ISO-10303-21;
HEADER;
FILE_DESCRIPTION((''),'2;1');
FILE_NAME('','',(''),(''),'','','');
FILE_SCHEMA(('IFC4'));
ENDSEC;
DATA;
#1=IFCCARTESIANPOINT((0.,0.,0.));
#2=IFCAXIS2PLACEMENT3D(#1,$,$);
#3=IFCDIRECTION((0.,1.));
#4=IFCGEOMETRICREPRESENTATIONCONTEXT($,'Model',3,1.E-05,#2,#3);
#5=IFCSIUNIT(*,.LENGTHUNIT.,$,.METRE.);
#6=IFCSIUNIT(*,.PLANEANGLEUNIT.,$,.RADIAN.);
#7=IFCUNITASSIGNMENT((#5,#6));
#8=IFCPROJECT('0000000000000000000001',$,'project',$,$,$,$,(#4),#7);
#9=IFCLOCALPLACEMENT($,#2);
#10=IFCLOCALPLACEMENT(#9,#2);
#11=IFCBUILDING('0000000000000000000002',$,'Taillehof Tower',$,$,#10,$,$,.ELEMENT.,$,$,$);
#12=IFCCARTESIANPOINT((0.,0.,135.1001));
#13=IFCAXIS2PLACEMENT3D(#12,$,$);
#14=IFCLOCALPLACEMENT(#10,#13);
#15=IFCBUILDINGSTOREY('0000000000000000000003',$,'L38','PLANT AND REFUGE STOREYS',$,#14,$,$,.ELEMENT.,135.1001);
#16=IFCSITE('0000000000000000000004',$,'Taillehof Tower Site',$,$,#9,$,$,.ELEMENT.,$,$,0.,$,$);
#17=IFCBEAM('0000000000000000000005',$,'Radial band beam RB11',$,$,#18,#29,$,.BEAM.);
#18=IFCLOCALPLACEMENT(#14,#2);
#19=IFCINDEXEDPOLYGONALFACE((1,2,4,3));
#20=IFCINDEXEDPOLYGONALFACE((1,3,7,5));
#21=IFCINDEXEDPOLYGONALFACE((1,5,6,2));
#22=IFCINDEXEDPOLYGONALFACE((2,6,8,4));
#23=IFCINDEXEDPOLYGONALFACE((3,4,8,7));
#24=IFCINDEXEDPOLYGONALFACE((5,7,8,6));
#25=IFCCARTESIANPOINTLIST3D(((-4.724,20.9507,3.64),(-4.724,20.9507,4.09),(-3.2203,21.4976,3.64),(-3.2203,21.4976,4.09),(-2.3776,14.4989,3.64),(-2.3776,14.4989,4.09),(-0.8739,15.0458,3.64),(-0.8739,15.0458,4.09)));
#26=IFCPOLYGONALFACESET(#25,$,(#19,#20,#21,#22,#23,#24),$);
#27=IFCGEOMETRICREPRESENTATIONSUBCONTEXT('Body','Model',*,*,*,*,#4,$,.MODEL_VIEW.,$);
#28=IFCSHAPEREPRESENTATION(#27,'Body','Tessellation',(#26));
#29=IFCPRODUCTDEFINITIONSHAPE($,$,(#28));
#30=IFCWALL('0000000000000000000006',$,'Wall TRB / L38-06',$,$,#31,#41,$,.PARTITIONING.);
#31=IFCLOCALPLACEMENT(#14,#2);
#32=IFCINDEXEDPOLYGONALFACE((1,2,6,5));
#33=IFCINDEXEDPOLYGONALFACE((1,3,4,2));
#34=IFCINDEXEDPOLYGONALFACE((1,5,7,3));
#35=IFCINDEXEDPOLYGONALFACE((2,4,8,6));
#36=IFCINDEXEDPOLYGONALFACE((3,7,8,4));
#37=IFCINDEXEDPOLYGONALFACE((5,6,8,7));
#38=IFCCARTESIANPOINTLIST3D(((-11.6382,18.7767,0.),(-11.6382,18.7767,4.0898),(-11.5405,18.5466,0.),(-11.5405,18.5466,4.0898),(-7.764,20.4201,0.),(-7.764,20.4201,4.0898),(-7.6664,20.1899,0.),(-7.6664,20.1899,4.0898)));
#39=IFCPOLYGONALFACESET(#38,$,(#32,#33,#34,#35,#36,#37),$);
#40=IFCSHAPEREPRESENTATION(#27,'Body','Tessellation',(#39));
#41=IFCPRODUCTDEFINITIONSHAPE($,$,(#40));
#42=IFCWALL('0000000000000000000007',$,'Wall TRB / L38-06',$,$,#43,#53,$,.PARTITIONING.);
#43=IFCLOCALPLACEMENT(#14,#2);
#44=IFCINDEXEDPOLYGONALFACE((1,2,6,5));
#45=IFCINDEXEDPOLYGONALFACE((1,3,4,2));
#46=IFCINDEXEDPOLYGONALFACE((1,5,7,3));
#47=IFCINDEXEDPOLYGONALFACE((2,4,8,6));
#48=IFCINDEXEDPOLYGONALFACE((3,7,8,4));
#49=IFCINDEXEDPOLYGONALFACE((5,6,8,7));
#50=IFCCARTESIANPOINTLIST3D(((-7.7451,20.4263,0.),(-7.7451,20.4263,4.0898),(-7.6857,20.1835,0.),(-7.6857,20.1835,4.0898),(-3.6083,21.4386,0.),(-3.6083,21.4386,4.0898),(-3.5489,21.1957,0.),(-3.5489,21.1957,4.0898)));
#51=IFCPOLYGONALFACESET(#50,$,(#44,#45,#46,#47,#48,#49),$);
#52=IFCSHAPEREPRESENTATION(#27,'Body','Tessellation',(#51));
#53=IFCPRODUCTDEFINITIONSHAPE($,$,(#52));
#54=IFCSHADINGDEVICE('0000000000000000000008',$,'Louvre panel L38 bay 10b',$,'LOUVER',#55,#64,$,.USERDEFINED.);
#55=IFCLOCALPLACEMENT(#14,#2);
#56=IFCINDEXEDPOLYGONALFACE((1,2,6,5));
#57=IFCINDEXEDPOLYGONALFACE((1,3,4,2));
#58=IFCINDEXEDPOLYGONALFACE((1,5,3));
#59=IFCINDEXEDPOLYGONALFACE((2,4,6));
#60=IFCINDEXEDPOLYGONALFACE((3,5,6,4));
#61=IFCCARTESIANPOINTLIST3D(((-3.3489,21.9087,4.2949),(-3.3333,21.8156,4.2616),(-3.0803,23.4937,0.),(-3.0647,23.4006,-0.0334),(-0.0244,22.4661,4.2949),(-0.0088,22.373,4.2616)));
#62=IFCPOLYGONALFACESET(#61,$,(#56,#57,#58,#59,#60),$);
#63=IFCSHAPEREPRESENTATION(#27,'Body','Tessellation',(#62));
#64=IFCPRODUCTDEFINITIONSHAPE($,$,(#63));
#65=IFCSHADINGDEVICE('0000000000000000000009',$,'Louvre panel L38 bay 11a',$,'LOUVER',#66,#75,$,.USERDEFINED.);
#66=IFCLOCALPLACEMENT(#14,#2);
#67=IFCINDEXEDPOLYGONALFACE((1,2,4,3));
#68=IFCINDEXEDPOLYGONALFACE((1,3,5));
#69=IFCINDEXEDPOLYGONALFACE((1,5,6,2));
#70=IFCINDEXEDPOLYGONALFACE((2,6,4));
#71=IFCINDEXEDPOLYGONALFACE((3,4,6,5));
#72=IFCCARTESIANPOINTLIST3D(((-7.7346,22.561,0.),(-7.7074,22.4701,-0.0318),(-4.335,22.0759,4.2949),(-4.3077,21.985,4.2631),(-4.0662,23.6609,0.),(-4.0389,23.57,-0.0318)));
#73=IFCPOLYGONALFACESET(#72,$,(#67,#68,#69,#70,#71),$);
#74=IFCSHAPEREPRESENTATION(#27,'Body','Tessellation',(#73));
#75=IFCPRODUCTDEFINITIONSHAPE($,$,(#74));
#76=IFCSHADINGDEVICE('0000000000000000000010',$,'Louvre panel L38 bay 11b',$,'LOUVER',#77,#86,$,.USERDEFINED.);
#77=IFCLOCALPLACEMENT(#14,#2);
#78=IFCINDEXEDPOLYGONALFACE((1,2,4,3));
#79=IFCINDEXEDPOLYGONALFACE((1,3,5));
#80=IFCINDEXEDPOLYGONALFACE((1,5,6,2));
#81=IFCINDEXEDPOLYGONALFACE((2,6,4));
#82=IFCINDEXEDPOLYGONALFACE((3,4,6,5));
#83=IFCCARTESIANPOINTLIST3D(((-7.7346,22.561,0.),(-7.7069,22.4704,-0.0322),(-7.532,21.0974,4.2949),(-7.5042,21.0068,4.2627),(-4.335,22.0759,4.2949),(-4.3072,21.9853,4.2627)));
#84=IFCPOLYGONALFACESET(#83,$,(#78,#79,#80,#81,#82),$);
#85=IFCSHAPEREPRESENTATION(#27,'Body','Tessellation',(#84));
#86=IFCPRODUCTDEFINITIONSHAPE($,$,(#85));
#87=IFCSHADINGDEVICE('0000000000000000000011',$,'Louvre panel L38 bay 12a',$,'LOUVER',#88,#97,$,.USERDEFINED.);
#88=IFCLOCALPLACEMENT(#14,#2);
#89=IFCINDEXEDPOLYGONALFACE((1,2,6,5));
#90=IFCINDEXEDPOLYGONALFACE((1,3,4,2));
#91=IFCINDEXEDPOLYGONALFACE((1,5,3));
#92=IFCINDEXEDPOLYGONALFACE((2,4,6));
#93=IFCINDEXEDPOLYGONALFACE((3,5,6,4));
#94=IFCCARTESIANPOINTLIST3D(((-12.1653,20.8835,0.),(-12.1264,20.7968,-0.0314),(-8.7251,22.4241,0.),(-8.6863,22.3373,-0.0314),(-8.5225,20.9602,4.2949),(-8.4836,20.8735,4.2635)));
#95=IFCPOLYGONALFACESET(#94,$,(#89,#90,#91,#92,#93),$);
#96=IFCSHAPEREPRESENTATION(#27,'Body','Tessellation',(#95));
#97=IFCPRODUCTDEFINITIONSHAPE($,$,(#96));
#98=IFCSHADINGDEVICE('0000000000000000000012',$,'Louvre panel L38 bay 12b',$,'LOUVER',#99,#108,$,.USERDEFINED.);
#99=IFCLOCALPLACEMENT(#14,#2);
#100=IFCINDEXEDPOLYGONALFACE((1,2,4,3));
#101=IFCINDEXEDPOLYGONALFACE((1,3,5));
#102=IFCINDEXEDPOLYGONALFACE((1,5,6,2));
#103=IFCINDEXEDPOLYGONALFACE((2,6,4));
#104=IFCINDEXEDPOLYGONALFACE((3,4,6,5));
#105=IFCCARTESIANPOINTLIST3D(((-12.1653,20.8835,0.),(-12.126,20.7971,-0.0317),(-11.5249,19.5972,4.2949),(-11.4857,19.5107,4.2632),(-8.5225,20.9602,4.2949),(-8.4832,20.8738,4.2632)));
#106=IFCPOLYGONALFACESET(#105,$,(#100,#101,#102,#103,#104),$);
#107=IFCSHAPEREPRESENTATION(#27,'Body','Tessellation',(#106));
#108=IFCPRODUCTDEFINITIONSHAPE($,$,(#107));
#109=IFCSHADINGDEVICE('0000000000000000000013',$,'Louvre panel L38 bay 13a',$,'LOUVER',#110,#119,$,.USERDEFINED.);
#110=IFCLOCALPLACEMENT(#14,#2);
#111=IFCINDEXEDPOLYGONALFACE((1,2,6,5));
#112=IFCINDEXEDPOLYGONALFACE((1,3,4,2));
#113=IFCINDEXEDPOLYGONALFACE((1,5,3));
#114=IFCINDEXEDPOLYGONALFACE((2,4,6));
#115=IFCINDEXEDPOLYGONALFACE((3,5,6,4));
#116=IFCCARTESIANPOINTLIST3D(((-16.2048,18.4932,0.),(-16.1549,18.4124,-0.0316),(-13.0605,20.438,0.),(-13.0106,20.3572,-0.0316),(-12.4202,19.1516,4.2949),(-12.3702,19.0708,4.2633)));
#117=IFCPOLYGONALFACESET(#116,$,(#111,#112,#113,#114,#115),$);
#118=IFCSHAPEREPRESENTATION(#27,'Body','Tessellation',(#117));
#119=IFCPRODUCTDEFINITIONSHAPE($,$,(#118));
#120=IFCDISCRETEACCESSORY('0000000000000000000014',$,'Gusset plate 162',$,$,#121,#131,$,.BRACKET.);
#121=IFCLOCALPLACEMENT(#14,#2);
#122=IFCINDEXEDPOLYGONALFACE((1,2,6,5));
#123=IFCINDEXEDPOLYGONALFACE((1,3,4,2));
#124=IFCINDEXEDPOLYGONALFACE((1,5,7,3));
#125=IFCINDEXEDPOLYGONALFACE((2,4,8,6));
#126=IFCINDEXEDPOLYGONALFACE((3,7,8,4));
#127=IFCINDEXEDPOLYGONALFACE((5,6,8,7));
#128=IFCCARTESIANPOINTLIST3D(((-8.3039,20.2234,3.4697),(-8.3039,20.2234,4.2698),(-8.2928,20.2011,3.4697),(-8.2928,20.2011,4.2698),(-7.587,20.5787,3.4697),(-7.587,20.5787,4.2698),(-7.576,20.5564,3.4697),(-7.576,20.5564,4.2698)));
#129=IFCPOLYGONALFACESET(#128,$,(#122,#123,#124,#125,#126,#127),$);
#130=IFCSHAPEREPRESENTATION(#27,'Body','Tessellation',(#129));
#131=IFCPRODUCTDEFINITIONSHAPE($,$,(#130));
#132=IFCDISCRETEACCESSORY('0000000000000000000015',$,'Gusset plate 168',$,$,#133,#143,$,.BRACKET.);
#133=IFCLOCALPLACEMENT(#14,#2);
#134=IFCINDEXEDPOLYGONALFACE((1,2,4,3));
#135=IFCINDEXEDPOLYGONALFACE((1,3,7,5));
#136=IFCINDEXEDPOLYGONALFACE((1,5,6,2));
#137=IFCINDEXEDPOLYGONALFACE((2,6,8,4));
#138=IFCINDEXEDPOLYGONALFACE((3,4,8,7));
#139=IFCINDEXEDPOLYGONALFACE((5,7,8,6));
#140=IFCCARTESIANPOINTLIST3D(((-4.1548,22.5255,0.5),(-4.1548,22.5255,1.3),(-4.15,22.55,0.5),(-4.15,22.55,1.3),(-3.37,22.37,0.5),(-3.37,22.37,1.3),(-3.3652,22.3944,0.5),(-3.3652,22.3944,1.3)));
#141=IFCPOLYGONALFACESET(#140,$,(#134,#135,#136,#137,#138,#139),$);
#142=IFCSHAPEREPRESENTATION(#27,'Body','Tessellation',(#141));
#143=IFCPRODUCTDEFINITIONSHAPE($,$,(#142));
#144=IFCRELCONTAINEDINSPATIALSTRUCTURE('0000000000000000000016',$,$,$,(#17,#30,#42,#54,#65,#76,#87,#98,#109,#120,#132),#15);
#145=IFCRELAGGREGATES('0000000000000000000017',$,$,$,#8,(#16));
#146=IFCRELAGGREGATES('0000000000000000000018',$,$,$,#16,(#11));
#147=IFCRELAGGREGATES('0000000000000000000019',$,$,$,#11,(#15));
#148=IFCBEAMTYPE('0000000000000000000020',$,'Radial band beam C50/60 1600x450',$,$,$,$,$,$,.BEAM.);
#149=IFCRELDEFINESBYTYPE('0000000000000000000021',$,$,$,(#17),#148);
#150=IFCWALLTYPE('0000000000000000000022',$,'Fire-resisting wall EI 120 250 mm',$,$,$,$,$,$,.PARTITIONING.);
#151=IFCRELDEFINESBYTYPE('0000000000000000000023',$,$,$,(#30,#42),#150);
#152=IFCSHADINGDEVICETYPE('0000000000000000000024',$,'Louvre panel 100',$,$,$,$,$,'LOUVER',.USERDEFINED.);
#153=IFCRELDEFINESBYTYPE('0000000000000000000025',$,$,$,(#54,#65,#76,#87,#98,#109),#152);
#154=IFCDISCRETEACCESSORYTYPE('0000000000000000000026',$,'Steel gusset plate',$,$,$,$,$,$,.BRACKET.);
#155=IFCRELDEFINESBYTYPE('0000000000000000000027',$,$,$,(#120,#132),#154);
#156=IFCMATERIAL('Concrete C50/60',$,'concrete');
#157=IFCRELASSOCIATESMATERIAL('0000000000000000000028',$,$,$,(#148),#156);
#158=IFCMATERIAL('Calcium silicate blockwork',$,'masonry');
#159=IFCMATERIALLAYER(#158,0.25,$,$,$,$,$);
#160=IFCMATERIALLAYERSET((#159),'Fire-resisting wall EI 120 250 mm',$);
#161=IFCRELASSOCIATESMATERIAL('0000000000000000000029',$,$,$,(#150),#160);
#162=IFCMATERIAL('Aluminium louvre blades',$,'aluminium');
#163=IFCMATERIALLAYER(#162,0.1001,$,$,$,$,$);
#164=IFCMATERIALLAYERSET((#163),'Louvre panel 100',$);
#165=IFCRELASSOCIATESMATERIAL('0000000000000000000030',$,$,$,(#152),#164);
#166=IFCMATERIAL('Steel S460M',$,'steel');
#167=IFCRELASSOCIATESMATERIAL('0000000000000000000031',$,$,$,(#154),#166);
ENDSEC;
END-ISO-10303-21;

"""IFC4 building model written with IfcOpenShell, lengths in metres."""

from ifc_helpers import new_model, si_unit, direction, frame, frame_2d, origin, origin_2d, place, context, subcontext, project, spatial, polyline, rectangle, outline, extrude, material, layer, layer_set, material_profile, profile_set, type_object, element, save


model = new_model("IFC4")

# Units and contexts
model_context = context("Model", 3, precision=1e-05, world=origin(), true_north=direction((0.0, 1.0)))
body_context = subcontext(model_context, "Body", "Model", "MODEL_VIEW")
ifc_project = project(units=[si_unit("LENGTHUNIT", "METRE"), si_unit("PLANEANGLEUNIT", "RADIAN")], contexts=[model_context])

# Site, building, storey
site_placement = place(None, origin())
site = spatial("IfcSite", under=ifc_project, at=site_placement, Name="Taillehof Tower Site", CompositionType="ELEMENT", RefElevation=0.0)
building_placement = place(site_placement, origin())
building = spatial("IfcBuilding", under=site, at=building_placement, Name="Taillehof Tower", CompositionType="ELEMENT")
storey_placement = place(building_placement, frame((0.0, 0.0, 135.1001)))
storey = spatial("IfcBuildingStorey", under=building, at=storey_placement, Name="L38", Description="PLANT AND REFUGE STOREYS", CompositionType="ELEMENT", Elevation=135.1001)

# Beam
ifc_material_1 = material(Name="Concrete C50/60", Category="concrete")
ifc_material_profile_1 = material_profile(ifc_material_1, rectangle(XDim=1.6001, YDim=0.45, at=origin_2d()), Name="RC 1600x450")
ifc_profile_set_1 = profile_set([ifc_material_profile_1], Name="Concrete C50/60")
beam_type = type_object("IfcBeamType", Name="Radial band beam C50/60 1600x450", PredefinedType="BEAM", material=ifc_profile_set_1)
beam_placement = place(storey_placement, frame((-3.9722, 21.2241, 3.865), z_axis=(0.34178, -0.93978, 0.0), x_axis=(0.93978, 0.34178, 0.0)))
element("IfcBeam", 1, at=beam_placement, inside=storey, type_object=beam_type, Name="Radial band beam RB11", PredefinedType="BEAM", context=body_context, shape_type="SweptSolid", body=[
    extrude(rectangle(XDim=1.6001, YDim=0.45, at=origin_2d()), origin(), (0.0, 0.0, 1.0), 6.8652),
])

# Walls
ifc_material_2 = material(Name="Calcium silicate blockwork", Category="masonry")
ifc_layer_1 = layer(ifc_material_2, 0.25)
ifc_layer_set_1 = layer_set([ifc_layer_1], Name="Fire-resisting wall EI 120 250 mm")
wall_type = type_object("IfcWallType", Name="Fire-resisting wall EI 120 250 mm", PredefinedType="PARTITIONING", material=ifc_layer_set_1)
wall_1_placement = place(storey_placement, frame((-7.7153, 20.3049, 0.0), z_axis=(0.0, 0.0, 1.0), x_axis=(-0.9206, -0.390507, 0.0)))
element("IfcWall", 2, at=wall_1_placement, inside=storey, type_object=wall_type, Name="Wall TRB / L38-06", PredefinedType="PARTITIONING", context=body_context, shape_type="SweptSolid", body=[
    extrude(rectangle(XDim=4.2083, YDim=0.25, at=frame_2d((2.104, 0.0))), origin(), (0.0, 0.0, 1.0), 4.0898),
])
wall_2_placement = place(storey_placement, frame((-3.5786, 21.3171, 0.0), z_axis=(0.0, 0.0, 1.0), x_axis=(-0.971344, -0.237677, 0.0)))
element("IfcWall", 3, at=wall_2_placement, inside=storey, type_object=wall_type, Name="Wall TRB / L38-06", PredefinedType="PARTITIONING", context=body_context, shape_type="SweptSolid", body=[
    extrude(rectangle(XDim=4.2588, YDim=0.25, at=frame_2d((2.1294, 0.0))), origin(), (0.0, 0.0, 1.0), 4.0898),
])

# Shading devices
ifc_material_3 = material(Name="Aluminium louvre blades", Category="aluminium")
ifc_layer_2 = layer(ifc_material_3, 0.1001)
ifc_layer_set_2 = layer_set([ifc_layer_2], Name="Louvre panel 100")
shading_device_type = type_object("IfcShadingDeviceType", Name="Louvre panel 100", ElementType="LOUVER", PredefinedType="USERDEFINED", material=ifc_layer_set_2)
shading_device_1_placement = place(storey_placement, frame((-3.0803, 23.4937, 0.0), z_axis=(-0.155891, 0.929814, 0.333383), x_axis=(-0.058561, -0.345615, 0.936547)))
element("IfcShadingDevice", 4, at=shading_device_1_placement, inside=storey, type_object=shading_device_type, Name="Louvre panel L38 bay 10b", ObjectType="LOUVER", PredefinedType="USERDEFINED", context=body_context, shape_type="SweptSolid", body=[
    extrude(outline(polyline([(0.0, 0.0), (4.5859, 0.0), (4.1986, 3.3485), (0.0, 0.0)])), origin(), (0.0, 0.0, -1.0), 0.1001),
])
shading_device_2_placement = place(storey_placement, frame((-4.0662, 23.6609, 0.0), z_axis=(-0.272268, 0.908125, 0.318087), x_axis=(-0.957875, -0.287184, 0.0)))
element("IfcShadingDevice", 5, at=shading_device_2_placement, inside=storey, type_object=shading_device_type, Name="Louvre panel L38 bay 11a", ObjectType="LOUVER", PredefinedType="USERDEFINED", context=body_context, shape_type="SweptSolid", body=[
    extrude(outline(polyline([(0.0, 0.0), (3.8298, 0.0), (0.7127, 4.5302), (0.0, 0.0)])), origin(), (0.0, 0.0, -1.0), 0.1001),
])
shading_device_3_placement = place(storey_placement, frame((-7.7346, 22.561, 0.0), z_axis=(-0.277119, 0.905409, 0.32162), x_axis=(0.044614, -0.322243, 0.945605)))
element("IfcShadingDevice", 6, at=shading_device_3_placement, inside=storey, type_object=shading_device_type, Name="Louvre panel L38 bay 11b", ObjectType="LOUVER", PredefinedType="USERDEFINED", context=body_context, shape_type="SweptSolid", body=[
    extrude(outline(polyline([(0.0, 0.0), (4.542, 0.0), (4.3693, 3.339), (0.0, 0.0)])), origin(), (0.0, 0.0, -1.0), 0.1001),
])
shading_device_4_placement = place(storey_placement, frame((-8.7251, 22.4241, 0.0), z_axis=(-0.388069, 0.866606, 0.313681), x_axis=(-0.91267, -0.408697, 0.0)))
element("IfcShadingDevice", 7, at=shading_device_4_placement, inside=storey, type_object=shading_device_type, Name="Louvre panel L38 bay 12a", ObjectType="LOUVER", PredefinedType="USERDEFINED", context=body_context, shape_type="SweptSolid", body=[
    extrude(outline(polyline([(0.0, 0.0), (3.7694, 0.0), (0.4133, 4.5232), (0.0, 0.0)])), origin(), (0.0, 0.0, -1.0), 0.1001),
])
shading_device_5_placement = place(storey_placement, frame((-12.1653, 20.8835, 0.0), z_axis=(-0.39204, 0.863569, 0.317102), x_axis=(0.141398, -0.284036, 0.94833)))
element("IfcShadingDevice", 8, at=shading_device_5_placement, inside=storey, type_object=shading_device_type, Name="Louvre panel L38 bay 12b", ObjectType="LOUVER", PredefinedType="USERDEFINED", context=body_context, shape_type="SweptSolid", body=[
    extrude(outline(polyline([(0.0, 0.0), (4.5289, 0.0), (4.5663, 3.2971), (0.0, 0.0)])), origin(), (0.0, 0.0, -1.0), 0.1001),
])
shading_device_6_placement = place(storey_placement, frame((-13.0605, 20.438, 0.0), z_axis=(-0.499066, 0.806863, 0.316076), x_axis=(-0.850464, -0.526034, 0.0)))
element("IfcShadingDevice", 9, at=shading_device_6_placement, inside=storey, type_object=shading_device_type, Name="Louvre panel L38 bay 13a", ObjectType="LOUVER", PredefinedType="USERDEFINED", context=body_context, shape_type="SweptSolid", body=[
    extrude(outline(polyline([(0.0, 0.0), (3.6971, 0.0), (0.1321, 4.527), (0.0, 0.0)])), origin(), (0.0, 0.0, -1.0), 0.1001),
])

# Discrete accessories
ifc_material_4 = material(Name="Steel S460M", Category="steel")
discrete_accessory_type = type_object("IfcDiscreteAccessoryType", Name="Steel gusset plate", PredefinedType="BRACKET", material=ifc_material_4)
for number, where, z_axis, x_axis, name in (
    (10, (-7.9399, 20.3899, 3.4697), (0.0, 0.0, 1.0), (-0.89601, -0.444035, 0.0), "Gusset plate 162"),
    (11, (-3.76, 22.46, 0.5), (0.0, 0.0, 1.0), (-0.980913, 0.194447, 0.0), "Gusset plate 168"),
):
    element("IfcDiscreteAccessory", number, at=place(storey_placement, frame(where, z_axis=z_axis, x_axis=x_axis)), inside=storey, type_object=discrete_accessory_type, Name=name, PredefinedType="BRACKET", context=body_context, shape_type="SweptSolid", body=[
        extrude(rectangle(XDim=0.8, YDim=0.0249, at=origin_2d()), origin(), (0.0, 0.0, 1.0), 0.8),
    ])

save(model, "model.ifc")
